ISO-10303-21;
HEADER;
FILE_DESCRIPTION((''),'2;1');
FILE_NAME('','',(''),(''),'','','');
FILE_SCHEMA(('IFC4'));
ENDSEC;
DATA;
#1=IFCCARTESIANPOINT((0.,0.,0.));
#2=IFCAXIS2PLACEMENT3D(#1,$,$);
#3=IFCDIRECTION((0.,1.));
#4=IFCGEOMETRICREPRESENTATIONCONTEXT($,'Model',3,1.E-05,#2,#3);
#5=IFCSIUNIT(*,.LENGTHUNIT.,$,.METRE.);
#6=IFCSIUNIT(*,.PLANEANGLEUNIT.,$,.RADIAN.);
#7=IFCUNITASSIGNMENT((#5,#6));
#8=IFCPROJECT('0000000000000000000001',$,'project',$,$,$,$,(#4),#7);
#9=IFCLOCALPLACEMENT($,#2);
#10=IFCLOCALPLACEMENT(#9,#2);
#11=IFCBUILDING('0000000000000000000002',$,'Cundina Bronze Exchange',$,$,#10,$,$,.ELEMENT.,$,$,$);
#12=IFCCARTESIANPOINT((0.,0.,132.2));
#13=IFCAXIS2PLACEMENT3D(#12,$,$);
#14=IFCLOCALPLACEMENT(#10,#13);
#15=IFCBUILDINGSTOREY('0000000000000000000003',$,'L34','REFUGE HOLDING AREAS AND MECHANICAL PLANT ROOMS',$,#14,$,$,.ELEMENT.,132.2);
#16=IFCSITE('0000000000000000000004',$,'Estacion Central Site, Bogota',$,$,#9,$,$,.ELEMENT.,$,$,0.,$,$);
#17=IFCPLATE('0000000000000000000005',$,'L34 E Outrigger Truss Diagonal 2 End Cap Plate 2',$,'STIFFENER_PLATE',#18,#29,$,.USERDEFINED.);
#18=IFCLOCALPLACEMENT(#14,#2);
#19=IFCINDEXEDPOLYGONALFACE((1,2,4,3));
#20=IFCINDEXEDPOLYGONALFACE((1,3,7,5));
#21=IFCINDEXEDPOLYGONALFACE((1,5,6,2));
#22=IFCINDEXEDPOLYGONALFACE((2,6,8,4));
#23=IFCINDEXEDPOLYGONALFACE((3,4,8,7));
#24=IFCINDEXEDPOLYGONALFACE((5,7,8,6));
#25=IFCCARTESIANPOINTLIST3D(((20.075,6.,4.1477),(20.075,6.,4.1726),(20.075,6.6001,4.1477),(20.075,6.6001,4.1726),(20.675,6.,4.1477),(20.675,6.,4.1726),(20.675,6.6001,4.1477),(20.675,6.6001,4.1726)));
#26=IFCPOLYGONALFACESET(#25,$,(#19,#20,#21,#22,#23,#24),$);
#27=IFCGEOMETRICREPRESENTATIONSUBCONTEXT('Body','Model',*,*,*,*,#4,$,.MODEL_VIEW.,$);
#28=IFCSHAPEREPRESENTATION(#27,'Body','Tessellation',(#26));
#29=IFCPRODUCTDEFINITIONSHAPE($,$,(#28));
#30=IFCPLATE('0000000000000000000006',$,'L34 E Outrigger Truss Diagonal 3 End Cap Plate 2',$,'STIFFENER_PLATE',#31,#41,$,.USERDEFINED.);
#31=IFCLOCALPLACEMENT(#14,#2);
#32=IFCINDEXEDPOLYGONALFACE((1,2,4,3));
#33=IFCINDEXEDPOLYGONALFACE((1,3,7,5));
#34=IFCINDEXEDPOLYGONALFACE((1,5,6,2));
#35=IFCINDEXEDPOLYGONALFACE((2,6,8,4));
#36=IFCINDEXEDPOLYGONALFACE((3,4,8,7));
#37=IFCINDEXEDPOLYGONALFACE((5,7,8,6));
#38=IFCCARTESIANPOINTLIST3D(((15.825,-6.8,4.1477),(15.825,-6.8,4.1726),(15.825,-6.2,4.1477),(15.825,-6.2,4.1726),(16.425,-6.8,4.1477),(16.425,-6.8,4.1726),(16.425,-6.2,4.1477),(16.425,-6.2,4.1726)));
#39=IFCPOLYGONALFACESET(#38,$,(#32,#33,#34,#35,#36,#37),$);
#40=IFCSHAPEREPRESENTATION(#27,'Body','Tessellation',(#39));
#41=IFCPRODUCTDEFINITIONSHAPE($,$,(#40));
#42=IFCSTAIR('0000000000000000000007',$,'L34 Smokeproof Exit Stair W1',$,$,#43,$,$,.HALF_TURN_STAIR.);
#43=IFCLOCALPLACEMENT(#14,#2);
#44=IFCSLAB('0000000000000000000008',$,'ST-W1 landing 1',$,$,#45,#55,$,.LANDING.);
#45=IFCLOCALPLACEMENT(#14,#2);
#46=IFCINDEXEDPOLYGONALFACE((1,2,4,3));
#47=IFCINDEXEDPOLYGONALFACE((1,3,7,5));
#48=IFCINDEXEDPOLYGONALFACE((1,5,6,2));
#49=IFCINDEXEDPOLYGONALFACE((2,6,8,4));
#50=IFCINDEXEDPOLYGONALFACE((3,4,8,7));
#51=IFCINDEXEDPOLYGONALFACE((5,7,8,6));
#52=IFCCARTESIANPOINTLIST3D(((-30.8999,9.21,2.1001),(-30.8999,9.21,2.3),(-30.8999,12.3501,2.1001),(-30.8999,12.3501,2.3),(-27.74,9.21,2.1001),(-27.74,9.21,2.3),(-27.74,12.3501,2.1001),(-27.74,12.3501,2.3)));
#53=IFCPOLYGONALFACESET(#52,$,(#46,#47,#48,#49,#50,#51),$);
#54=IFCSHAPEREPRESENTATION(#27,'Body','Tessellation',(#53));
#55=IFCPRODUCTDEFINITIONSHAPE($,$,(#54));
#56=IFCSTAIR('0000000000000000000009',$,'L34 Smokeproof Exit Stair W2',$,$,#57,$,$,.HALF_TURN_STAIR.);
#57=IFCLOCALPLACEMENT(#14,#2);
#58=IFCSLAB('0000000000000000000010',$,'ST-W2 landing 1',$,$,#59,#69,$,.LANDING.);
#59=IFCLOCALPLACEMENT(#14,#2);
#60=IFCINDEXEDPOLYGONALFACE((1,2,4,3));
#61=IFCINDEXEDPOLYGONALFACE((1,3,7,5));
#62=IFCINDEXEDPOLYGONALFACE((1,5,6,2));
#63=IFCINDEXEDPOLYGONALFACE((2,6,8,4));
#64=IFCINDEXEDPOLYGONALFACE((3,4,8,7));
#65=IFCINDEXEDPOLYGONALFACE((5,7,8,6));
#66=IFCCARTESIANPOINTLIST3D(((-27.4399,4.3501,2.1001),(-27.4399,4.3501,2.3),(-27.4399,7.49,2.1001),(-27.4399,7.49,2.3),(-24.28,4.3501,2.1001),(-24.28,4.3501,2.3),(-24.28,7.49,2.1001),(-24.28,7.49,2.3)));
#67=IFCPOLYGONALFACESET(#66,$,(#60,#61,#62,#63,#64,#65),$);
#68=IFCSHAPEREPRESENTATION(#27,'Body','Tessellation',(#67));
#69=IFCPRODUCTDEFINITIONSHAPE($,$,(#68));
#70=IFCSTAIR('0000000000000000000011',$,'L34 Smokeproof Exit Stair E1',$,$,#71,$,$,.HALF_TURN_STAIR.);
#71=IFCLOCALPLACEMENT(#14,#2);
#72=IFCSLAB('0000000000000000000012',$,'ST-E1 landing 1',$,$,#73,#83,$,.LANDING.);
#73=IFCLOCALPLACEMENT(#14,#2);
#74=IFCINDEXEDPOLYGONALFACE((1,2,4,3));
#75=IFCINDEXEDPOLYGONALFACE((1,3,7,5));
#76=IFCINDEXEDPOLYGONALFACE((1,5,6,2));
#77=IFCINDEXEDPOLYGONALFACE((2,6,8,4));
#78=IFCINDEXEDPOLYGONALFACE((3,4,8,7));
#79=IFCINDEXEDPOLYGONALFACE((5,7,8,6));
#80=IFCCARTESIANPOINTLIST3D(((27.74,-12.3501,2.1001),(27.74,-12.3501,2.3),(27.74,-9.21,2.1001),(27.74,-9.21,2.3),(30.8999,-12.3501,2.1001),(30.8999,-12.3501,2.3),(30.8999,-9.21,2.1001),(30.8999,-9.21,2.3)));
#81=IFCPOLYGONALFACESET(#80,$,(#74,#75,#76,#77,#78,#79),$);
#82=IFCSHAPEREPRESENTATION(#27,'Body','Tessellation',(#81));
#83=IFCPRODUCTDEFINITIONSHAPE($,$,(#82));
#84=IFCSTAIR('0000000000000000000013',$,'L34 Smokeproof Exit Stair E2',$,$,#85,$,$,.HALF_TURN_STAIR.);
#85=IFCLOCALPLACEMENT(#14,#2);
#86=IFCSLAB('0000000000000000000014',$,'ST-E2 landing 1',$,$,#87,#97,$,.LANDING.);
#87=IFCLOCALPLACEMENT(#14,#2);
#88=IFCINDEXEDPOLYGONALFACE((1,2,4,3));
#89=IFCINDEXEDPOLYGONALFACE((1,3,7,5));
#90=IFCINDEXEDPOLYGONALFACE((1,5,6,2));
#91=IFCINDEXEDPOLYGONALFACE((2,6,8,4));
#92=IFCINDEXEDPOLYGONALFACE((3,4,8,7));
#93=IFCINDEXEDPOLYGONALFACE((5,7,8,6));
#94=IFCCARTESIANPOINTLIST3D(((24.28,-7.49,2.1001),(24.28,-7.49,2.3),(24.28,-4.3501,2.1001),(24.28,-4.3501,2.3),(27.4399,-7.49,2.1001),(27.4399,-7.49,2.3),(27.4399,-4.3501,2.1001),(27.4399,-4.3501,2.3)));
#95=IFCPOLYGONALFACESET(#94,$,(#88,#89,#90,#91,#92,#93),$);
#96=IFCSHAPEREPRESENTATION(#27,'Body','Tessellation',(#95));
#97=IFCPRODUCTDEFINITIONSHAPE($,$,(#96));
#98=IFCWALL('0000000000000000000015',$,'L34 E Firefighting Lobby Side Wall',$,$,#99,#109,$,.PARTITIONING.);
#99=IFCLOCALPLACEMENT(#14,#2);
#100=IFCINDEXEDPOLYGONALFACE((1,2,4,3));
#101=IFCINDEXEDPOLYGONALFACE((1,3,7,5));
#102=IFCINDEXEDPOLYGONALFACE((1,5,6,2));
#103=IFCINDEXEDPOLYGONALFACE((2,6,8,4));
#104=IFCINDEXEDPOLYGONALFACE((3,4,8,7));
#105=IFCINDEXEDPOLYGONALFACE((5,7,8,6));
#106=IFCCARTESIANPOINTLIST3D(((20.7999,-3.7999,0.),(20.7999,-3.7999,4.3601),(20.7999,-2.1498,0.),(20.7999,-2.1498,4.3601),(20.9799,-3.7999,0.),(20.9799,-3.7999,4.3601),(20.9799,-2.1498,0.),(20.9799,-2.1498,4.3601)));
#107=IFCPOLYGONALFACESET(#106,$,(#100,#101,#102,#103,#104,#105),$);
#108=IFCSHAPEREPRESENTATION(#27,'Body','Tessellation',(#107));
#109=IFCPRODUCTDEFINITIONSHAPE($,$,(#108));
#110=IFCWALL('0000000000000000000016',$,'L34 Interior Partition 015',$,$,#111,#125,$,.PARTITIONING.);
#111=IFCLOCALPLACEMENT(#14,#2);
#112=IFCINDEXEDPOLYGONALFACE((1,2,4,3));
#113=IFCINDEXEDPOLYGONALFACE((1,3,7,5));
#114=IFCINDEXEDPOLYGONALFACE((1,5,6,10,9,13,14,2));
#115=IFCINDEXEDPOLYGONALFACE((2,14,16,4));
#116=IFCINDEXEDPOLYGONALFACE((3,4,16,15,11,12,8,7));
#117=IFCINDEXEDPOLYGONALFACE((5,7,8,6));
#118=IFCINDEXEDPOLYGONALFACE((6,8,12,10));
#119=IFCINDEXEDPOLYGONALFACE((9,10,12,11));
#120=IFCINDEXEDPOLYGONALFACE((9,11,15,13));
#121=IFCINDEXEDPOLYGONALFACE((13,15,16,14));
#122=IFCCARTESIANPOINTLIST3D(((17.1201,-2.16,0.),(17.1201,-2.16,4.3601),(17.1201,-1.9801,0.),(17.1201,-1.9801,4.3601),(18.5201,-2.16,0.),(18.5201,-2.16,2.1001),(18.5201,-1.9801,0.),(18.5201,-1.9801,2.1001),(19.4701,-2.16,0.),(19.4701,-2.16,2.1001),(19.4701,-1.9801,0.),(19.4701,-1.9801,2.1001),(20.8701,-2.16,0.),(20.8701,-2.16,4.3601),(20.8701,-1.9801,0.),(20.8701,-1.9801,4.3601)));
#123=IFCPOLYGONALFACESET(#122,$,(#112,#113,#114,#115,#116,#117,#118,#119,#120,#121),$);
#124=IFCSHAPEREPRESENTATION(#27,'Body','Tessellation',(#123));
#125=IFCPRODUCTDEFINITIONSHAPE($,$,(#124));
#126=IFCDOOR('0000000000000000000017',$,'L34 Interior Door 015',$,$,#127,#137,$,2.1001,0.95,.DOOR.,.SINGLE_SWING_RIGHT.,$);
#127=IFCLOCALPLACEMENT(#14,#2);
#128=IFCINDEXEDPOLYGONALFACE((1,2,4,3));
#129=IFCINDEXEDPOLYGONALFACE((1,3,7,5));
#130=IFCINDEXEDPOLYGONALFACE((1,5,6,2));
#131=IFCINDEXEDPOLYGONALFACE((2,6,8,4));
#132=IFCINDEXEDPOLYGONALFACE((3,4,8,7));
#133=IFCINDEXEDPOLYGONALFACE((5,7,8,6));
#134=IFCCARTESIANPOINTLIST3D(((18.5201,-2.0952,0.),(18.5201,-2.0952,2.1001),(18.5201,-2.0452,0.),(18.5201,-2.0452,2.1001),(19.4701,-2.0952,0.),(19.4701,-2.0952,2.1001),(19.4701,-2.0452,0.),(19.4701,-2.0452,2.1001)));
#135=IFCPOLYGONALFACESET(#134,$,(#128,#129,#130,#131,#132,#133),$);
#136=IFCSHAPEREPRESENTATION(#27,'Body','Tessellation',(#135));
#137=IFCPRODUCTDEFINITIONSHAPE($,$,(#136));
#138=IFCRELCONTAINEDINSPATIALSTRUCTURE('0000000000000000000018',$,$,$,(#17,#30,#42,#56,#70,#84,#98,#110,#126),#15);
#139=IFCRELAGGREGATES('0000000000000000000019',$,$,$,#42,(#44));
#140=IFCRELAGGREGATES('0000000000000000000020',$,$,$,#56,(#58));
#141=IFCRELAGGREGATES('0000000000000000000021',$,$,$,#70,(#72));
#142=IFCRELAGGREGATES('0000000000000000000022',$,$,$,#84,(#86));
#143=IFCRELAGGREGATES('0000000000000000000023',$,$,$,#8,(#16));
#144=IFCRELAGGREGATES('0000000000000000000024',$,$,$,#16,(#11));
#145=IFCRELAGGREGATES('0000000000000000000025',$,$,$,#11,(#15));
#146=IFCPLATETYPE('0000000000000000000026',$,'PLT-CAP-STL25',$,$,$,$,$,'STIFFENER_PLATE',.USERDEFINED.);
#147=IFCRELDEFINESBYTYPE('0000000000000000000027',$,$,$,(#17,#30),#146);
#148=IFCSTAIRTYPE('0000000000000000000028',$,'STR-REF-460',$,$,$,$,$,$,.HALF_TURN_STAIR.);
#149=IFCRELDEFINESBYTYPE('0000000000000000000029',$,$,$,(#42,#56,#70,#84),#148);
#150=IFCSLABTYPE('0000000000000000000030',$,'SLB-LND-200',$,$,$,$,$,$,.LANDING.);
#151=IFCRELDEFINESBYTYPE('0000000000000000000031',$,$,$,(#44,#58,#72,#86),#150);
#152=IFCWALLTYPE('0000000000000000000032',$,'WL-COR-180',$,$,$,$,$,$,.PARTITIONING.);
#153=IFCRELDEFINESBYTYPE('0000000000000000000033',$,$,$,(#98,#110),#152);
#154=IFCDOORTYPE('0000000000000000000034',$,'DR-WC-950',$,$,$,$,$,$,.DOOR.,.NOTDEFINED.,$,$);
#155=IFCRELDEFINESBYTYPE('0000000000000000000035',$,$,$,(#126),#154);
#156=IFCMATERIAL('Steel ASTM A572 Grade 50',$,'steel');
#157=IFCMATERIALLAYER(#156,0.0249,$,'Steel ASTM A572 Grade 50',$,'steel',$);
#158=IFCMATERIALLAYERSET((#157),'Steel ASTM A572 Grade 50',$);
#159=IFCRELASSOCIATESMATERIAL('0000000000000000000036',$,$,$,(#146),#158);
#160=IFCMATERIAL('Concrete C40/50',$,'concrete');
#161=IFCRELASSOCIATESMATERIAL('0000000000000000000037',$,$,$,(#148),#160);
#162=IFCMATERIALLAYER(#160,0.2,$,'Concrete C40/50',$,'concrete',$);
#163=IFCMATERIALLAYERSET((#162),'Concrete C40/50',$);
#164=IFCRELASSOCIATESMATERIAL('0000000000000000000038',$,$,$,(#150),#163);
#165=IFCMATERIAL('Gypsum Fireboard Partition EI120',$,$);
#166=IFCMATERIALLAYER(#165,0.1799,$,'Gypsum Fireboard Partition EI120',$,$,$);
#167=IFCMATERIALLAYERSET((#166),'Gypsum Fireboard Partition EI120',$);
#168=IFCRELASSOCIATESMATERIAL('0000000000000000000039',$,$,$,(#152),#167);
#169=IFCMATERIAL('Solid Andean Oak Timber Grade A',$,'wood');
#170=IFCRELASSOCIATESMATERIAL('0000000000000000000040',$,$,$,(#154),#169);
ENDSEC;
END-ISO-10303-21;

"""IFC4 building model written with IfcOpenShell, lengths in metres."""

from ifc_helpers import new_model, si_unit, direction, frame, frame_2d, origin, origin_2d, place, context, subcontext, project, spatial, polyline, rectangle, outline, extrude, material, layer, layer_set, type_object, element, fill, aggregate, save


model = new_model("IFC4")

# Units and contexts
model_context = context("Model", 3, precision=1e-05, world=origin(), true_north=direction((0.0, 1.0)))
body_context = subcontext(model_context, "Body", "Model", "MODEL_VIEW")
ifc_project = project(units=[si_unit("LENGTHUNIT", "METRE"), si_unit("PLANEANGLEUNIT", "RADIAN")], contexts=[model_context])

# Site, building, storey
site_placement = place(None, origin())
site = spatial("IfcSite", under=ifc_project, at=site_placement, Name="Estacion Central Site, Bogota", CompositionType="ELEMENT", RefElevation=0.0)
building_placement = place(site_placement, origin())
building = spatial("IfcBuilding", under=site, at=building_placement, Name="Cundina Bronze Exchange", CompositionType="ELEMENT")
storey_placement = place(building_placement, frame((0.0, 0.0, 132.2)))
storey = spatial("IfcBuildingStorey", under=building, at=storey_placement, Name="L34", Description="REFUGE HOLDING AREAS AND MECHANICAL PLANT ROOMS", CompositionType="ELEMENT", Elevation=132.2)

# Plates
ifc_material_1 = material(Name="Steel ASTM A572 Grade 50", Category="steel")
ifc_layer_1 = layer(ifc_material_1, 0.0249, Name="Steel ASTM A572 Grade 50", Category="steel")
ifc_layer_set_1 = layer_set([ifc_layer_1], Name="Steel ASTM A572 Grade 50")
plate_type = type_object("IfcPlateType", Name="PLT-CAP-STL25", ElementType="STIFFENER_PLATE", PredefinedType="USERDEFINED", material=ifc_layer_set_1)
for number, where, z_axis, x_axis, name in (
    (1, (20.375, 6.3, 4.1477), (0.0, 0.0, 1.0), (1.0, 0.0, 0.0), "L34 E Outrigger Truss Diagonal 2 End Cap Plate 2"),
    (2, (16.125, -6.5, 4.1477), (0.0, 0.0, 1.0), (1.0, 0.0, 0.0), "L34 E Outrigger Truss Diagonal 3 End Cap Plate 2"),
):
    element("IfcPlate", number, at=place(storey_placement, frame(where, z_axis=z_axis, x_axis=x_axis)), inside=storey, type_object=plate_type, Name=name, ObjectType="STIFFENER_PLATE", PredefinedType="USERDEFINED", context=body_context, shape_type="SweptSolid", body=[
        extrude(rectangle(XDim=0.6001, YDim=0.6001, at=origin_2d()), origin(), (0.0, 0.0, 1.0), 0.0249),
    ])

# Stairs, slabs
ifc_material_2 = material(Name="Concrete C40/50", Category="concrete")
stair_type = type_object("IfcStairType", Name="STR-REF-460", PredefinedType="HALF_TURN_STAIR", material=ifc_material_2)
stair_1_placement = place(storey_placement, origin())
stair_1 = element("IfcStair", 3, at=stair_1_placement, inside=storey, type_object=stair_type, Name="L34 Smokeproof Exit Stair W1", PredefinedType="HALF_TURN_STAIR")
ifc_layer_2 = layer(ifc_material_2, 0.2, Name="Concrete C40/50", Category="concrete")
ifc_layer_set_2 = layer_set([ifc_layer_2], Name="Concrete C40/50")
slab_type = type_object("IfcSlabType", Name="SLB-LND-200", PredefinedType="LANDING", material=ifc_layer_set_2)
slab_1_placement = place(storey_placement, frame((0.0, 0.0, 2.1001)))
slab_1 = element("IfcSlab", 4, at=slab_1_placement, type_object=slab_type, Name="ST-W1 landing 1", PredefinedType="LANDING", context=body_context, shape_type="SweptSolid", body=[
    extrude(outline(polyline([(-27.74, 9.21), (-27.74, 12.3501), (-30.8999, 12.3501), (-30.8999, 9.21), (-27.74, 9.21)])), origin(), (0.0, 0.0, 1.0), 0.2),
])
aggregate(stair_1, [slab_1])
stair_2_placement = place(storey_placement, origin())
stair_2 = element("IfcStair", 5, at=stair_2_placement, inside=storey, type_object=stair_type, Name="L34 Smokeproof Exit Stair W2", PredefinedType="HALF_TURN_STAIR")
slab_2_placement = place(storey_placement, frame((0.0, 0.0, 2.1001)))
slab_2 = element("IfcSlab", 6, at=slab_2_placement, type_object=slab_type, Name="ST-W2 landing 1", PredefinedType="LANDING", context=body_context, shape_type="SweptSolid", body=[
    extrude(outline(polyline([(-27.4399, 7.49), (-27.4399, 4.3501), (-24.28, 4.3501), (-24.28, 7.49), (-27.4399, 7.49)])), origin(), (0.0, 0.0, 1.0), 0.2),
])
aggregate(stair_2, [slab_2])
stair_3_placement = place(storey_placement, origin())
stair_3 = element("IfcStair", 7, at=stair_3_placement, inside=storey, type_object=stair_type, Name="L34 Smokeproof Exit Stair E1", PredefinedType="HALF_TURN_STAIR")
slab_3_placement = place(storey_placement, frame((0.0, 0.0, 2.1001)))
slab_3 = element("IfcSlab", 8, at=slab_3_placement, type_object=slab_type, Name="ST-E1 landing 1", PredefinedType="LANDING", context=body_context, shape_type="SweptSolid", body=[
    extrude(outline(polyline([(27.74, -9.21), (27.74, -12.3501), (30.8999, -12.3501), (30.8999, -9.21), (27.74, -9.21)])), origin(), (0.0, 0.0, 1.0), 0.2),
])
aggregate(stair_3, [slab_3])
stair_4_placement = place(storey_placement, origin())
stair_4 = element("IfcStair", 9, at=stair_4_placement, inside=storey, type_object=stair_type, Name="L34 Smokeproof Exit Stair E2", PredefinedType="HALF_TURN_STAIR")
slab_4_placement = place(storey_placement, frame((0.0, 0.0, 2.1001)))
slab_4 = element("IfcSlab", 10, at=slab_4_placement, type_object=slab_type, Name="ST-E2 landing 1", PredefinedType="LANDING", context=body_context, shape_type="SweptSolid", body=[
    extrude(outline(polyline([(27.4399, -7.49), (27.4399, -4.3501), (24.28, -4.3501), (24.28, -7.49), (27.4399, -7.49)])), origin(), (0.0, 0.0, 1.0), 0.2),
])
aggregate(stair_4, [slab_4])

# Wall
ifc_material_3 = material(Name="Gypsum Fireboard Partition EI120")
ifc_layer_3 = layer(ifc_material_3, 0.1799, Name="Gypsum Fireboard Partition EI120")
ifc_layer_set_3 = layer_set([ifc_layer_3], Name="Gypsum Fireboard Partition EI120")
wall_type_1 = type_object("IfcWallType", Name="WL-COR-180", PredefinedType="PARTITIONING", material=ifc_layer_set_3)
wall_1_placement = place(storey_placement, frame((20.8899, -3.8, 0.0), z_axis=(0.0, 0.0, 1.0), x_axis=(0.0, 1.0, 0.0)))
element("IfcWall", 11, at=wall_1_placement, inside=storey, type_object=wall_type_1, Name="L34 E Firefighting Lobby Side Wall", PredefinedType="PARTITIONING", context=body_context, shape_type="SweptSolid", body=[
    extrude(rectangle(XDim=1.6501, YDim=0.1799, at=frame_2d((0.8252, 0.0))), origin(), (0.0, 0.0, 1.0), 4.3601),
])

# Wall, opening, door
wall_2_placement = place(storey_placement, frame((17.1201, -2.0701, 0.0), z_axis=(0.0, 0.0, 1.0), x_axis=(1.0, 0.0, 0.0)))
wall_2 = element("IfcWall", 12, at=wall_2_placement, inside=storey, type_object=wall_type_1, Name="L34 Interior Partition 015", PredefinedType="PARTITIONING", context=body_context, shape_type="SweptSolid", body=[
    extrude(rectangle(XDim=3.75, YDim=0.1799, at=frame_2d((1.875, 0.0))), origin(), (0.0, 0.0, 1.0), 4.3601),
])
opening_1_placement = place(wall_2_placement, frame((1.3999, 0.0, 0.0)))
opening_1 = element("IfcOpeningElement", 13, at=opening_1_placement, cuts=wall_2, PredefinedType="OPENING", context=body_context, shape_type="SweptSolid", body=[
    extrude(rectangle(XDim=0.95, YDim=2.1001, at=frame_2d((0.4751, 1.05))), frame((0.0, 0.0999, 0.0), z_axis=(0.0, -1.0, 0.0), x_axis=(1.0, 0.0, 0.0)), (0.0, 0.0, 1.0), 0.2),
])
ifc_material_4 = material(Name="Solid Andean Oak Timber Grade A", Category="wood")
door_type_1 = type_object("IfcDoorType", Name="DR-WC-950", OperationType="NOTDEFINED", PredefinedType="DOOR", material=ifc_material_4)
door_1_placement = place(opening_1_placement, origin())
door_1 = element("IfcDoor", 14, at=door_1_placement, inside=storey, type_object=door_type_1, Name="L34 Interior Door 015", OperationType="SINGLE_SWING_RIGHT", OverallHeight=2.1001, OverallWidth=0.95, PredefinedType="DOOR", context=body_context, shape_type="SweptSolid", body=[
    extrude(rectangle(XDim=0.95, YDim=2.1001, at=frame_2d((0.4751, 1.05))), frame((0.0, 0.0249, 0.0), z_axis=(0.0, -1.0, 0.0), x_axis=(1.0, 0.0, 0.0)), (0.0, 0.0, 1.0), 0.05),
])
fill(opening_1, door_1)

save(model, "model.ifc")
